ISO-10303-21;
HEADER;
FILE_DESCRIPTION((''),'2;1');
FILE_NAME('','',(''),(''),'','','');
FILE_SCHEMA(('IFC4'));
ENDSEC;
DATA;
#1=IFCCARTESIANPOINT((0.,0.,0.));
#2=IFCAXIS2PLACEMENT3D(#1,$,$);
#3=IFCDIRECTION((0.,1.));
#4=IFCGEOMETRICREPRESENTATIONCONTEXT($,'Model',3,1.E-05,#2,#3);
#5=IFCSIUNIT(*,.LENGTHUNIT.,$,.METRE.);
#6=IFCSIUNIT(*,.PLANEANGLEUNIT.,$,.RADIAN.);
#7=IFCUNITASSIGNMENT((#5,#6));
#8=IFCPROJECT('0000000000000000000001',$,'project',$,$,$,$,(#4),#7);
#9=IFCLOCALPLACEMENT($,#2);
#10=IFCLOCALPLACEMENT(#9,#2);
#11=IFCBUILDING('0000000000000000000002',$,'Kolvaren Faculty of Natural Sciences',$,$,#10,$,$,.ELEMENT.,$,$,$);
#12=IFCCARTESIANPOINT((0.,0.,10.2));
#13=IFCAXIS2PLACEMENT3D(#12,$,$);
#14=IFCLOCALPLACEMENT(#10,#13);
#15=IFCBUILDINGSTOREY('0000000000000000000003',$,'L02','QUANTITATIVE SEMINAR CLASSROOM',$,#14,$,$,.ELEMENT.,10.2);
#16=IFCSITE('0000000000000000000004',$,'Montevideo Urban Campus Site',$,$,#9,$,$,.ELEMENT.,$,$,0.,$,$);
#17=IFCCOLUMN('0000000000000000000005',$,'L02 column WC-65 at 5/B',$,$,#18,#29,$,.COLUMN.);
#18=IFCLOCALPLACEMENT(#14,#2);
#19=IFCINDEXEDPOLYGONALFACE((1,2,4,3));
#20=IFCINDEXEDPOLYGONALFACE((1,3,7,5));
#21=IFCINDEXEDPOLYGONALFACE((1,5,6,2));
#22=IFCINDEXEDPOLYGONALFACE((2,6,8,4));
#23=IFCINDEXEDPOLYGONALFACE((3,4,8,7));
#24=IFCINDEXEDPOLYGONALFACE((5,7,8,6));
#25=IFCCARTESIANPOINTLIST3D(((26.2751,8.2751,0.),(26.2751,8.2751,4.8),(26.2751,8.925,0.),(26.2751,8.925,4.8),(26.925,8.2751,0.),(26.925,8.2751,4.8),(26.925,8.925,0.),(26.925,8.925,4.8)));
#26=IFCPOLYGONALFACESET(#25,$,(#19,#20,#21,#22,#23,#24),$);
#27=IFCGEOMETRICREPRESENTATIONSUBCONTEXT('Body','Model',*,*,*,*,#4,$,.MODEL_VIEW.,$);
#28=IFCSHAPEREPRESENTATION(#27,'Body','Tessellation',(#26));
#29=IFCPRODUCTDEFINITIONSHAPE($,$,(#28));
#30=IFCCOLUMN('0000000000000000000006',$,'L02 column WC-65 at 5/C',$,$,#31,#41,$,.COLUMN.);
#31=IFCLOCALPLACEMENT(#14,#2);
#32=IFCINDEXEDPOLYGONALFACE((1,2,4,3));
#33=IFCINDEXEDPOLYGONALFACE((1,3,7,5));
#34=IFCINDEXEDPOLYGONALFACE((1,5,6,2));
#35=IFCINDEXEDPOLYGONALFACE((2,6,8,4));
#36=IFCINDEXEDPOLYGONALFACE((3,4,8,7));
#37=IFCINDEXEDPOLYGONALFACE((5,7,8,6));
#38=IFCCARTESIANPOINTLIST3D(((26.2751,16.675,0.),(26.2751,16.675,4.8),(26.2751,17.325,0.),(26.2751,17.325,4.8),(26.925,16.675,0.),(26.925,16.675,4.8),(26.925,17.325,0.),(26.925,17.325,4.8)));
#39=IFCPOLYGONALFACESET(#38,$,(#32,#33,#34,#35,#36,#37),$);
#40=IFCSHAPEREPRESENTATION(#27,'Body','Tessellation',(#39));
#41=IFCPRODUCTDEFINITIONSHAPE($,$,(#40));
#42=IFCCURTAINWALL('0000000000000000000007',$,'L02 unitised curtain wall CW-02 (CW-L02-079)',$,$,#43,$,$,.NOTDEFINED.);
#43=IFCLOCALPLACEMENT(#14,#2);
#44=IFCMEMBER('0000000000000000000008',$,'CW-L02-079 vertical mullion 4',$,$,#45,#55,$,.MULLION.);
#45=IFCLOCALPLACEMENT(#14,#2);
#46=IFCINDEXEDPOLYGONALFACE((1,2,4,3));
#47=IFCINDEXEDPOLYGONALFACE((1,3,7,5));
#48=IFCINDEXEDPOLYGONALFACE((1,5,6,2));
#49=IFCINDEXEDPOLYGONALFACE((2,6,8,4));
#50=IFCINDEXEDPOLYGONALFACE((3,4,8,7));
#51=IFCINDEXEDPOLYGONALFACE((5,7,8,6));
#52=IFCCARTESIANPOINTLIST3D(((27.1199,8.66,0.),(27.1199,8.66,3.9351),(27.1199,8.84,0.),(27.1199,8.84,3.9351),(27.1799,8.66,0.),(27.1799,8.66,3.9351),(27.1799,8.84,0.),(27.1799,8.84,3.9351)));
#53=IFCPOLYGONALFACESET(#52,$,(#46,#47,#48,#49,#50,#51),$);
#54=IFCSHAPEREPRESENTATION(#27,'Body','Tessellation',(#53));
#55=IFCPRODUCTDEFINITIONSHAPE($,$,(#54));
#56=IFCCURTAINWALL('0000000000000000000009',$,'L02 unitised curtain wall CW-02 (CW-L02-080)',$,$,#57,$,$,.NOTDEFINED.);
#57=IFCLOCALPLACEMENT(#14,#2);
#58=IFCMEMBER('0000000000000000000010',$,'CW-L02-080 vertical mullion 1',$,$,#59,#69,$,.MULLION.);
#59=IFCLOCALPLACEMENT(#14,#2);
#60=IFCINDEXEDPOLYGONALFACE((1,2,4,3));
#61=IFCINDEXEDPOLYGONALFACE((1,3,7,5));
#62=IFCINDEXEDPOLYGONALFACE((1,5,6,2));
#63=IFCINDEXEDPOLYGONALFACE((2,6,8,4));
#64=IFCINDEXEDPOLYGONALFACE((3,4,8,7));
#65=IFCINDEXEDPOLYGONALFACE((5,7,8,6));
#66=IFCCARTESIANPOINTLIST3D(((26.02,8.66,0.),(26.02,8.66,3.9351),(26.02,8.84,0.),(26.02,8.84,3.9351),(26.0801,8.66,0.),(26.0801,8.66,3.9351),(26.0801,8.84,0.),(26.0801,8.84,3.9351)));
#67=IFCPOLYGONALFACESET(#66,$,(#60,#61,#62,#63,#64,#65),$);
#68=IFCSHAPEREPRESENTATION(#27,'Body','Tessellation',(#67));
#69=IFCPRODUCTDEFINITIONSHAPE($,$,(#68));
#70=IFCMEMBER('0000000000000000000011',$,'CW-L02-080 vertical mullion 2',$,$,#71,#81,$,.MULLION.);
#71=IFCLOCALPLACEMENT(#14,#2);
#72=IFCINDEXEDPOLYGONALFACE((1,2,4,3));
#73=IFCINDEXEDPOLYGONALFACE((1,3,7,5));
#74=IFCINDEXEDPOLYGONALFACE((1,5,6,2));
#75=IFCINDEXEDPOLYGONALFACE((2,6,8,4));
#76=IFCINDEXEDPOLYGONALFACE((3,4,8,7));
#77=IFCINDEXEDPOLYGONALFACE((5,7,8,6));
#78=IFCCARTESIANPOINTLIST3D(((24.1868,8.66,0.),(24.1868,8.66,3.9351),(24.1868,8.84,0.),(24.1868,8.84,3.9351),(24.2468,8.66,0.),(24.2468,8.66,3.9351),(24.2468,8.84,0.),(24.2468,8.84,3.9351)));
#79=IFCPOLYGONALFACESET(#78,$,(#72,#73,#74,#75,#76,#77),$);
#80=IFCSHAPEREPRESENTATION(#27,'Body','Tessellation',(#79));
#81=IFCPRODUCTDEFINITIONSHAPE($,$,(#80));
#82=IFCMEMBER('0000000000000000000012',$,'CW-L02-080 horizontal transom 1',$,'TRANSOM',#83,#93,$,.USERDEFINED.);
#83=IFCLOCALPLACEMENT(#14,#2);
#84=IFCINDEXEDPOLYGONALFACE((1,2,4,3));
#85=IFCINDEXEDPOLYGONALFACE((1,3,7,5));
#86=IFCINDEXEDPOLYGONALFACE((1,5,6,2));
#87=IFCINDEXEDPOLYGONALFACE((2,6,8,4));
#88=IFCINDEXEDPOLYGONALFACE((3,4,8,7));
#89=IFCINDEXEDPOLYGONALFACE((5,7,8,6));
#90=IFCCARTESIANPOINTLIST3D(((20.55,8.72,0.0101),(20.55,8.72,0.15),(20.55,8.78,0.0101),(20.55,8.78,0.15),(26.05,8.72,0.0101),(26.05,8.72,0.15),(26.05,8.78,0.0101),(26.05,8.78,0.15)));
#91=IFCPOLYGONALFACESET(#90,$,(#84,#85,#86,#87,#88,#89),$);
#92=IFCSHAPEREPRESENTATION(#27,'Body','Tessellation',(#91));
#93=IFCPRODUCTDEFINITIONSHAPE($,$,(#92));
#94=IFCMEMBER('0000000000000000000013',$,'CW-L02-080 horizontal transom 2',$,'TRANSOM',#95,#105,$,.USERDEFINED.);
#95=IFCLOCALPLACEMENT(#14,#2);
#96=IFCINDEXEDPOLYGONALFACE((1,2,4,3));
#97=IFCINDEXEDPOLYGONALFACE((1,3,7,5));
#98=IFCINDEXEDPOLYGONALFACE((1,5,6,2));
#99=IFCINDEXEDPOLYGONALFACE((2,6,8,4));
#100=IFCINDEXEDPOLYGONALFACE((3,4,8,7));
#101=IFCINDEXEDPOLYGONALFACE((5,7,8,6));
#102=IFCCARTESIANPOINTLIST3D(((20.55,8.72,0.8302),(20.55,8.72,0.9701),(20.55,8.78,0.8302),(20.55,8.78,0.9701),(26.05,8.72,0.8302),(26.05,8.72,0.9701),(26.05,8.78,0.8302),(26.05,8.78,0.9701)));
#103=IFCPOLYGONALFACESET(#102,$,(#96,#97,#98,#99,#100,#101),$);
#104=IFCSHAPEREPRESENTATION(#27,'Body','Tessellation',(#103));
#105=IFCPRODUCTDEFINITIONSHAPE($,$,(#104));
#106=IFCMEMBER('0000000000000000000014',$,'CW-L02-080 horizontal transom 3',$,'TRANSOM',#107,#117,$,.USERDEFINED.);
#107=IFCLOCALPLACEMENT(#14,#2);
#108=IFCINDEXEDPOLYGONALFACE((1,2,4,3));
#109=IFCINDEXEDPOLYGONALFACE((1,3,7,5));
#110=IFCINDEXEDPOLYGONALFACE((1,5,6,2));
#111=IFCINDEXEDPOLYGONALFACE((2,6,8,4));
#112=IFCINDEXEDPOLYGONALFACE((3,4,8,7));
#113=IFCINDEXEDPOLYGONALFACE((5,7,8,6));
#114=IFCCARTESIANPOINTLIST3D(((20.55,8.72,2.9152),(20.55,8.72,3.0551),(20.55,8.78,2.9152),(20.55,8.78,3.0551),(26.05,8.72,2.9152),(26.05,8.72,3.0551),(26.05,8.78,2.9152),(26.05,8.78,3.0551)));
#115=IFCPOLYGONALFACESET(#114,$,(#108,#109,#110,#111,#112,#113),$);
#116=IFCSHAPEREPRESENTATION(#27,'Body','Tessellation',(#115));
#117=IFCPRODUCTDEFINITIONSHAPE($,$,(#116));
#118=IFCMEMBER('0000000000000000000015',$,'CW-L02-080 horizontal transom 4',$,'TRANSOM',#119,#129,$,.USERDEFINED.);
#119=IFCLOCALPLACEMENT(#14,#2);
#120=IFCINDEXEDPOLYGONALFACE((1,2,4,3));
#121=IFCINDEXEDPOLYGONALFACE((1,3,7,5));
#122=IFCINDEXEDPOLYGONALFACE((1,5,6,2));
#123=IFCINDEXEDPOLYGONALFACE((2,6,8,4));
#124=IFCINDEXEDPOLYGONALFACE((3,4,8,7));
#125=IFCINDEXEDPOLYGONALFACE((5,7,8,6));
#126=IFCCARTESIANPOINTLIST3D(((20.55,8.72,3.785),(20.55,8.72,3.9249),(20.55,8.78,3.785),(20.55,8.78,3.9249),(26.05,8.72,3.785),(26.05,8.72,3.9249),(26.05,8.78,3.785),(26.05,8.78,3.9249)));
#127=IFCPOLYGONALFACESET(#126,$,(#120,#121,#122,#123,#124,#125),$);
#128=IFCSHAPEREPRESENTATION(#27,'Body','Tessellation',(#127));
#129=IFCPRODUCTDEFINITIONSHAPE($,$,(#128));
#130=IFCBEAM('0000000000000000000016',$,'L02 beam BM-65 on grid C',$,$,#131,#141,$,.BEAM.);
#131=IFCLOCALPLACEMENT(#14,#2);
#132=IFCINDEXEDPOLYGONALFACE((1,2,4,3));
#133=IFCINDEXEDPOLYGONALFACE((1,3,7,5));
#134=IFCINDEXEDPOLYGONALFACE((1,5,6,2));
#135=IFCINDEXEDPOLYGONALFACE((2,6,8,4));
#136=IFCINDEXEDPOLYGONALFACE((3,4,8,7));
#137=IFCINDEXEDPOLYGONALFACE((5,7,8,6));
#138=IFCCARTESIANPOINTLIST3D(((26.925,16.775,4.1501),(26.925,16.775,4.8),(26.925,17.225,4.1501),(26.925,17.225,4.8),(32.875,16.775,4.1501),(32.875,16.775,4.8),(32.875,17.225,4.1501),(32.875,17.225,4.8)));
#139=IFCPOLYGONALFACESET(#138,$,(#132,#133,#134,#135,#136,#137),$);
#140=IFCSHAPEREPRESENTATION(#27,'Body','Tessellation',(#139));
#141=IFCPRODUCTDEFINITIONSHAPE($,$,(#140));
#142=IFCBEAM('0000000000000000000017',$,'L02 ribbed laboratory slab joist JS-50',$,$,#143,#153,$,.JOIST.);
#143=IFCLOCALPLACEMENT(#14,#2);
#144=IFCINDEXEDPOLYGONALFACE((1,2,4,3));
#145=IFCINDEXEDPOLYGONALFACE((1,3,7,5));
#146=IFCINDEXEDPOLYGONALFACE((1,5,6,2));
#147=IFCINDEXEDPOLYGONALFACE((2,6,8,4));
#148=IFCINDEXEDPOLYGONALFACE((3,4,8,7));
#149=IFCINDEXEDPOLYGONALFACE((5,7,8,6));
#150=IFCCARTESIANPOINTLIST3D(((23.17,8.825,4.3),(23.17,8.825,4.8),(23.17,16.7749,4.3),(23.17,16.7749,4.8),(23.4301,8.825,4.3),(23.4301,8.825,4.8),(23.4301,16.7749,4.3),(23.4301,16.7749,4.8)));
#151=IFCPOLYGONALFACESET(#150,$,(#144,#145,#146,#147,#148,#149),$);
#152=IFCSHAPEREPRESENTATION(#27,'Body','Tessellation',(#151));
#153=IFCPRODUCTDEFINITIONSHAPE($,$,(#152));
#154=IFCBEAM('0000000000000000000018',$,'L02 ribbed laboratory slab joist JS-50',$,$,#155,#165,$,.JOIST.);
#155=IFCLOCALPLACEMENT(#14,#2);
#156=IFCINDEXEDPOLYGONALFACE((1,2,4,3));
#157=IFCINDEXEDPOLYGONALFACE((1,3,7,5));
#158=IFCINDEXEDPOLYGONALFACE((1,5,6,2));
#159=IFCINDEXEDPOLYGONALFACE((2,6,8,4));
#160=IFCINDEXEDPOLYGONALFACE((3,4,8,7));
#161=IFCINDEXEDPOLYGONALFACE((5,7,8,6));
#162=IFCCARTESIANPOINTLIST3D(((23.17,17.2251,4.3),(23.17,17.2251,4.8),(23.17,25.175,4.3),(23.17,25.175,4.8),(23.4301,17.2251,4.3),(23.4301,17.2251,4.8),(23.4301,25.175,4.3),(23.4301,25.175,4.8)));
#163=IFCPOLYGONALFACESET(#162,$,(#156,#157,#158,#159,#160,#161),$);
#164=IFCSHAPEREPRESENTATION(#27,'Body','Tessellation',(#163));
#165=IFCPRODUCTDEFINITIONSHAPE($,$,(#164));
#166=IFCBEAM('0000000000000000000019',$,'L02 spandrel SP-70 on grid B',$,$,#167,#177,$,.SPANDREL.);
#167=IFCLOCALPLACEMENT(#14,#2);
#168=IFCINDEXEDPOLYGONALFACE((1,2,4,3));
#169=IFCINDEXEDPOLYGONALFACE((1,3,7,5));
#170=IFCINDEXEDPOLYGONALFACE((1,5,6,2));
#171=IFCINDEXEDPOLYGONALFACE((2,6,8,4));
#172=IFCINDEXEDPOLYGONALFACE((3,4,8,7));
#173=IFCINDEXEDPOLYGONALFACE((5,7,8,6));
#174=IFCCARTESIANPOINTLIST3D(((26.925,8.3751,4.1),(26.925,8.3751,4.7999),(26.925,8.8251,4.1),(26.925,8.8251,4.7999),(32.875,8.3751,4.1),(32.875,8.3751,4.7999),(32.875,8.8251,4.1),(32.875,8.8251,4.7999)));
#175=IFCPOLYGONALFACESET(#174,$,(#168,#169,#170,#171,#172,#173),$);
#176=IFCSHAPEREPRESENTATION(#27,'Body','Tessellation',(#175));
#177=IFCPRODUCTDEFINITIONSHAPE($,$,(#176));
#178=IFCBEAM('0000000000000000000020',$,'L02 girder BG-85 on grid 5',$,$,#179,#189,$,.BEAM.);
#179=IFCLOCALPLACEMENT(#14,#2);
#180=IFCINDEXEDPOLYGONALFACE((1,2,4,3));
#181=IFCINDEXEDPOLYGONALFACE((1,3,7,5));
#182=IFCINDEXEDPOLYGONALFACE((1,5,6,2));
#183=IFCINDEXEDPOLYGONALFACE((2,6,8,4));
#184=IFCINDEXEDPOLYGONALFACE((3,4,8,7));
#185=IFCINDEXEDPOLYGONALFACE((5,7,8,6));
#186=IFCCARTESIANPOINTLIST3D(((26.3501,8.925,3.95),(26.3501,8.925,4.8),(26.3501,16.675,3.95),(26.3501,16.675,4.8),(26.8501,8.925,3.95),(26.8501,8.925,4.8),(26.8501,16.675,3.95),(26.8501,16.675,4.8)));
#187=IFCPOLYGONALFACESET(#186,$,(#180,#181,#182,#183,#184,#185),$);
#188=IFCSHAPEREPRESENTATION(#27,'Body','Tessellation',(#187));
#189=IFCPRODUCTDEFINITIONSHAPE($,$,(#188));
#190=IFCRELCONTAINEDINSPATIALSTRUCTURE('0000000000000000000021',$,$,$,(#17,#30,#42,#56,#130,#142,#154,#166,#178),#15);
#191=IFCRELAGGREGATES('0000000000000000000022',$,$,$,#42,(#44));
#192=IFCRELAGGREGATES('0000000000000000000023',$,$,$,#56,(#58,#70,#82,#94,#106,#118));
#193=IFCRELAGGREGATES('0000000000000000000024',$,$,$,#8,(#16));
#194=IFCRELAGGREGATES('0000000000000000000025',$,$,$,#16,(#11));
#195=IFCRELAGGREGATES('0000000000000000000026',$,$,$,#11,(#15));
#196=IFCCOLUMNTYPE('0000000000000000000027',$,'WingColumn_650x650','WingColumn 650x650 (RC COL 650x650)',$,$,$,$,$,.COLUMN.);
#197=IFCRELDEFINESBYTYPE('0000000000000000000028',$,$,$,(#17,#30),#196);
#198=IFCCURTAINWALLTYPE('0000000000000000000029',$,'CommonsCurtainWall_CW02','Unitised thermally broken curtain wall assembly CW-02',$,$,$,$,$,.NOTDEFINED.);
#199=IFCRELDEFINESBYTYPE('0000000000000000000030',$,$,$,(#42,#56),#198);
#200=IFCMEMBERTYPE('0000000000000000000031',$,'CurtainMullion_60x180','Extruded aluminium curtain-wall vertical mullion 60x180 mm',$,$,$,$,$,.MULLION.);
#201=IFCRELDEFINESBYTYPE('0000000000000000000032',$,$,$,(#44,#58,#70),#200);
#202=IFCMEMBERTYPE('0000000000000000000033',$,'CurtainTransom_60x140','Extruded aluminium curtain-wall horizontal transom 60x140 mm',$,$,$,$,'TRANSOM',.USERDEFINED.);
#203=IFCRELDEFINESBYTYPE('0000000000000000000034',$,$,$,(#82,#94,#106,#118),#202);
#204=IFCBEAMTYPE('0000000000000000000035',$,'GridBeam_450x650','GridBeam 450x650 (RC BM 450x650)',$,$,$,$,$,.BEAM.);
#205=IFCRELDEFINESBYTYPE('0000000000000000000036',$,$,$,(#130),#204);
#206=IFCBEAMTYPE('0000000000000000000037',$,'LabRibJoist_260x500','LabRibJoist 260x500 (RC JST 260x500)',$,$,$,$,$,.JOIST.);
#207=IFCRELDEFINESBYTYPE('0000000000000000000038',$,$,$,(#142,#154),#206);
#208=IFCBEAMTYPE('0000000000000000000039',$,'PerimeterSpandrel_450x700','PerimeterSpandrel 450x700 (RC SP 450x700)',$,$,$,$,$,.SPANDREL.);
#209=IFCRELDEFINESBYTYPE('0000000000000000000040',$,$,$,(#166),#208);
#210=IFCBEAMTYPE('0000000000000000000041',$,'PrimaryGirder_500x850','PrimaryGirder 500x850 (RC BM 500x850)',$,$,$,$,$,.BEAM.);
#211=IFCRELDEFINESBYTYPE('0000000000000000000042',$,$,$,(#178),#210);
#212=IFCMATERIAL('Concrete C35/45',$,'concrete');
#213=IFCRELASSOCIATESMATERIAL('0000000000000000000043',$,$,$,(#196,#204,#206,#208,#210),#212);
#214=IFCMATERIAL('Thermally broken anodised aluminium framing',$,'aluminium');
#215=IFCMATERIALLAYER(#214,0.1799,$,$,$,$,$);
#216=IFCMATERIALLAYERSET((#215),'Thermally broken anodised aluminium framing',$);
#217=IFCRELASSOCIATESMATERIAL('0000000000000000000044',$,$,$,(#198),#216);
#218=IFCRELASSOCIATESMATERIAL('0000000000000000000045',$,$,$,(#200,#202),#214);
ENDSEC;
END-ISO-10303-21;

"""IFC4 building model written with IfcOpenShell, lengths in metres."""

from ifc_helpers import new_model, si_unit, direction, frame, origin, origin_2d, place, context, subcontext, project, spatial, rectangle, extrude, material, layer, layer_set, material_profile, profile_set, type_object, element, aggregate, save


model = new_model("IFC4")

# Units and contexts
model_context = context("Model", 3, precision=1e-05, world=origin(), true_north=direction((0.0, 1.0)))
body_context = subcontext(model_context, "Body", "Model", "MODEL_VIEW")
ifc_project = project(units=[si_unit("LENGTHUNIT", "METRE"), si_unit("PLANEANGLEUNIT", "RADIAN")], contexts=[model_context])

# Site, building, storey
site_placement = place(None, origin())
site = spatial("IfcSite", under=ifc_project, at=site_placement, Name="Montevideo Urban Campus Site", CompositionType="ELEMENT", RefElevation=0.0)
building_placement = place(site_placement, origin())
building = spatial("IfcBuilding", under=site, at=building_placement, Name="Kolvaren Faculty of Natural Sciences", CompositionType="ELEMENT")
storey_placement = place(building_placement, frame((0.0, 0.0, 10.2)))
storey = spatial("IfcBuildingStorey", under=building, at=storey_placement, Name="L02", Description="QUANTITATIVE SEMINAR CLASSROOM", CompositionType="ELEMENT", Elevation=10.2)

# Columns
ifc_material_1 = material(Name="Concrete C35/45", Category="concrete")
ifc_material_profile_1 = material_profile(ifc_material_1, rectangle(XDim=0.6499, YDim=0.6499, at=origin_2d()), Name="RC COL 650x650")
ifc_profile_set_1 = profile_set([ifc_material_profile_1], Name="Concrete C35/45")
column_type = type_object("IfcColumnType", Name="WingColumn_650x650", Description="WingColumn 650x650 (RC COL 650x650)", PredefinedType="COLUMN", material=ifc_profile_set_1)
for number, where, z_axis, x_axis, name in (
    (1, (26.6001, 8.6001, 0.0), (0.0, 0.0, 1.0), (1.0, 0.0, 0.0), "L02 column WC-65 at 5/B"),
    (2, (26.6001, 17.0, 0.0), (0.0, 0.0, 1.0), (1.0, 0.0, 0.0), "L02 column WC-65 at 5/C"),
):
    element("IfcColumn", number, at=place(storey_placement, frame(where, z_axis=z_axis, x_axis=x_axis)), inside=storey, type_object=column_type, Name=name, PredefinedType="COLUMN", context=body_context, shape_type="SweptSolid", body=[
        extrude(rectangle(XDim=0.6499, YDim=0.6499, at=origin_2d()), origin(), (0.0, 0.0, 1.0), 4.8),
    ])

# Curtain wall, member
ifc_material_2 = material(Name="Thermally broken anodised aluminium framing", Category="aluminium")
ifc_layer_1 = layer(ifc_material_2, 0.1799)
ifc_layer_set_1 = layer_set([ifc_layer_1], Name="Thermally broken anodised aluminium framing")
curtain_wall_type = type_object("IfcCurtainWallType", Name="CommonsCurtainWall_CW02", Description="Unitised thermally broken curtain wall assembly CW-02", PredefinedType="NOTDEFINED", material=ifc_layer_set_1)
curtain_wall_1_placement = place(storey_placement, origin())
curtain_wall_1 = element("IfcCurtainWall", 3, at=curtain_wall_1_placement, inside=storey, type_object=curtain_wall_type, Name="L02 unitised curtain wall CW-02 (CW-L02-079)", PredefinedType="NOTDEFINED")
ifc_material_profile_2 = material_profile(ifc_material_2, rectangle(XDim=0.0601, YDim=0.1799, at=origin_2d()), Name="ALU MUL 60x180")
ifc_profile_set_2 = profile_set([ifc_material_profile_2], Name="Thermally broken anodised aluminium framing")
member_type_1 = type_object("IfcMemberType", Name="CurtainMullion_60x180", Description="Extruded aluminium curtain-wall vertical mullion 60x180 mm", PredefinedType="MULLION", material=ifc_profile_set_2)
member_1_placement = place(storey_placement, frame((27.1499, 8.75, 0.0), z_axis=(0.0, 0.0, 1.0), x_axis=(-1.0, 0.0, 0.0)))
member_1 = element("IfcMember", 4, at=member_1_placement, type_object=member_type_1, Name="CW-L02-079 vertical mullion 4", PredefinedType="MULLION", context=body_context, shape_type="SweptSolid", body=[
    extrude(rectangle(XDim=0.0601, YDim=0.1799, at=origin_2d()), origin(), (0.0, 0.0, 1.0), 3.9351),
])

# Curtain wall, members
curtain_wall_2_placement = place(storey_placement, origin())
curtain_wall_2 = element("IfcCurtainWall", 5, at=curtain_wall_2_placement, inside=storey, type_object=curtain_wall_type, Name="L02 unitised curtain wall CW-02 (CW-L02-080)", PredefinedType="NOTDEFINED")
member_2_placement = place(storey_placement, frame((26.05, 8.75, 0.0), z_axis=(0.0, 0.0, 1.0), x_axis=(-1.0, 0.0, 0.0)))
member_2 = element("IfcMember", 6, at=member_2_placement, type_object=member_type_1, Name="CW-L02-080 vertical mullion 1", PredefinedType="MULLION", context=body_context, shape_type="SweptSolid", body=[
    extrude(rectangle(XDim=0.0601, YDim=0.1799, at=origin_2d()), origin(), (0.0, 0.0, 1.0), 3.9351),
])
member_3_placement = place(storey_placement, frame((24.2168, 8.75, 0.0), z_axis=(0.0, 0.0, 1.0), x_axis=(-1.0, 0.0, 0.0)))
member_3 = element("IfcMember", 7, at=member_3_placement, type_object=member_type_1, Name="CW-L02-080 vertical mullion 2", PredefinedType="MULLION", context=body_context, shape_type="SweptSolid", body=[
    extrude(rectangle(XDim=0.0601, YDim=0.1799, at=origin_2d()), origin(), (0.0, 0.0, 1.0), 3.9351),
])
ifc_material_profile_3 = material_profile(ifc_material_2, rectangle(XDim=0.0601, YDim=0.1399, at=origin_2d()), Name="ALU TRN 60x140")
ifc_profile_set_3 = profile_set([ifc_material_profile_3], Name="Thermally broken anodised aluminium framing")
member_type_2 = type_object("IfcMemberType", Name="CurtainTransom_60x140", Description="Extruded aluminium curtain-wall horizontal transom 60x140 mm", ElementType="TRANSOM", PredefinedType="USERDEFINED", material=ifc_profile_set_3)
member_4_placement = place(storey_placement, frame((26.05, 8.75, 0.0801), z_axis=(-1.0, 0.0, 0.0), x_axis=(0.0, -1.0, 0.0)))
member_4 = element("IfcMember", 8, at=member_4_placement, type_object=member_type_2, Name="CW-L02-080 horizontal transom 1", ObjectType="TRANSOM", PredefinedType="USERDEFINED", context=body_context, shape_type="SweptSolid", body=[
    extrude(rectangle(XDim=0.0601, YDim=0.1399, at=origin_2d()), origin(), (0.0, 0.0, 1.0), 5.5),
])
member_5_placement = place(storey_placement, frame((26.05, 8.75, 0.9001), z_axis=(-1.0, 0.0, 0.0), x_axis=(0.0, -1.0, 0.0)))
member_5 = element("IfcMember", 9, at=member_5_placement, type_object=member_type_2, Name="CW-L02-080 horizontal transom 2", ObjectType="TRANSOM", PredefinedType="USERDEFINED", context=body_context, shape_type="SweptSolid", body=[
    extrude(rectangle(XDim=0.0601, YDim=0.1399, at=origin_2d()), origin(), (0.0, 0.0, 1.0), 5.5),
])
member_6_placement = place(storey_placement, frame((26.05, 8.75, 2.9851), z_axis=(-1.0, 0.0, 0.0), x_axis=(0.0, -1.0, 0.0)))
member_6 = element("IfcMember", 10, at=member_6_placement, type_object=member_type_2, Name="CW-L02-080 horizontal transom 3", ObjectType="TRANSOM", PredefinedType="USERDEFINED", context=body_context, shape_type="SweptSolid", body=[
    extrude(rectangle(XDim=0.0601, YDim=0.1399, at=origin_2d()), origin(), (0.0, 0.0, 1.0), 5.5),
])
member_7_placement = place(storey_placement, frame((26.05, 8.75, 3.855), z_axis=(-1.0, 0.0, 0.0), x_axis=(0.0, -1.0, 0.0)))
member_7 = element("IfcMember", 11, at=member_7_placement, type_object=member_type_2, Name="CW-L02-080 horizontal transom 4", ObjectType="TRANSOM", PredefinedType="USERDEFINED", context=body_context, shape_type="SweptSolid", body=[
    extrude(rectangle(XDim=0.0601, YDim=0.1399, at=origin_2d()), origin(), (0.0, 0.0, 1.0), 5.5),
])

# Beams
ifc_material_profile_4 = material_profile(ifc_material_1, rectangle(XDim=0.45, YDim=0.6499, at=origin_2d()), Name="RC BM 450x650")
ifc_profile_set_4 = profile_set([ifc_material_profile_4], Name="Concrete C35/45")
beam_type_1 = type_object("IfcBeamType", Name="GridBeam_450x650", Description="GridBeam 450x650 (RC BM 450x650)", PredefinedType="BEAM", material=ifc_profile_set_4)
beam_1_placement = place(storey_placement, frame((26.925, 17.0, 4.4751), z_axis=(1.0, 0.0, 0.0), x_axis=(0.0, 1.0, 0.0)))
element("IfcBeam", 12, at=beam_1_placement, inside=storey, type_object=beam_type_1, Name="L02 beam BM-65 on grid C", PredefinedType="BEAM", context=body_context, shape_type="SweptSolid", body=[
    extrude(rectangle(XDim=0.45, YDim=0.6499, at=origin_2d()), origin(), (0.0, 0.0, 1.0), 5.95),
])
ifc_material_profile_5 = material_profile(ifc_material_1, rectangle(XDim=0.26, YDim=0.5, at=origin_2d()), Name="RC JST 260x500")
ifc_profile_set_5 = profile_set([ifc_material_profile_5], Name="Concrete C35/45")
beam_type_2 = type_object("IfcBeamType", Name="LabRibJoist_260x500", Description="LabRibJoist 260x500 (RC JST 260x500)", PredefinedType="JOIST", material=ifc_profile_set_5)
for number, where, z_axis, x_axis, name in (
    (13, (23.3, 8.825, 4.55), (0.0, 1.0, 0.0), (-1.0, 0.0, 0.0), "L02 ribbed laboratory slab joist JS-50"),
    (14, (23.3, 17.2251, 4.55), (0.0, 1.0, 0.0), (-1.0, 0.0, 0.0), "L02 ribbed laboratory slab joist JS-50"),
):
    element("IfcBeam", number, at=place(storey_placement, frame(where, z_axis=z_axis, x_axis=x_axis)), inside=storey, type_object=beam_type_2, Name=name, PredefinedType="JOIST", context=body_context, shape_type="SweptSolid", body=[
        extrude(rectangle(XDim=0.26, YDim=0.5, at=origin_2d()), origin(), (0.0, 0.0, 1.0), 7.95),
    ])
ifc_material_profile_6 = material_profile(ifc_material_1, rectangle(XDim=0.45, YDim=0.7, at=origin_2d()), Name="RC SP 450x700")
ifc_profile_set_6 = profile_set([ifc_material_profile_6], Name="Concrete C35/45")
beam_type_3 = type_object("IfcBeamType", Name="PerimeterSpandrel_450x700", Description="PerimeterSpandrel 450x700 (RC SP 450x700)", PredefinedType="SPANDREL", material=ifc_profile_set_6)
beam_2_placement = place(storey_placement, frame((26.925, 8.6001, 4.45), z_axis=(1.0, 0.0, 0.0), x_axis=(0.0, 1.0, 0.0)))
element("IfcBeam", 15, at=beam_2_placement, inside=storey, type_object=beam_type_3, Name="L02 spandrel SP-70 on grid B", PredefinedType="SPANDREL", context=body_context, shape_type="SweptSolid", body=[
    extrude(rectangle(XDim=0.45, YDim=0.7, at=origin_2d()), origin(), (0.0, 0.0, 1.0), 5.95),
])
ifc_material_profile_7 = material_profile(ifc_material_1, rectangle(XDim=0.5, YDim=0.8501, at=origin_2d()), Name="RC BM 500x850")
ifc_profile_set_7 = profile_set([ifc_material_profile_7], Name="Concrete C35/45")
beam_type_4 = type_object("IfcBeamType", Name="PrimaryGirder_500x850", Description="PrimaryGirder 500x850 (RC BM 500x850)", PredefinedType="BEAM", material=ifc_profile_set_7)
beam_3_placement = place(storey_placement, frame((26.6001, 8.925, 4.375), z_axis=(0.0, 1.0, 0.0), x_axis=(-1.0, 0.0, 0.0)))
element("IfcBeam", 16, at=beam_3_placement, inside=storey, type_object=beam_type_4, Name="L02 girder BG-85 on grid 5", PredefinedType="BEAM", context=body_context, shape_type="SweptSolid", body=[
    extrude(rectangle(XDim=0.5, YDim=0.8501, at=origin_2d()), origin(), (0.0, 0.0, 1.0), 7.75),
])

aggregate(curtain_wall_1, [member_1])
aggregate(curtain_wall_2, [member_2, member_3, member_4, member_5, member_6, member_7])

save(model, "model.ifc")
